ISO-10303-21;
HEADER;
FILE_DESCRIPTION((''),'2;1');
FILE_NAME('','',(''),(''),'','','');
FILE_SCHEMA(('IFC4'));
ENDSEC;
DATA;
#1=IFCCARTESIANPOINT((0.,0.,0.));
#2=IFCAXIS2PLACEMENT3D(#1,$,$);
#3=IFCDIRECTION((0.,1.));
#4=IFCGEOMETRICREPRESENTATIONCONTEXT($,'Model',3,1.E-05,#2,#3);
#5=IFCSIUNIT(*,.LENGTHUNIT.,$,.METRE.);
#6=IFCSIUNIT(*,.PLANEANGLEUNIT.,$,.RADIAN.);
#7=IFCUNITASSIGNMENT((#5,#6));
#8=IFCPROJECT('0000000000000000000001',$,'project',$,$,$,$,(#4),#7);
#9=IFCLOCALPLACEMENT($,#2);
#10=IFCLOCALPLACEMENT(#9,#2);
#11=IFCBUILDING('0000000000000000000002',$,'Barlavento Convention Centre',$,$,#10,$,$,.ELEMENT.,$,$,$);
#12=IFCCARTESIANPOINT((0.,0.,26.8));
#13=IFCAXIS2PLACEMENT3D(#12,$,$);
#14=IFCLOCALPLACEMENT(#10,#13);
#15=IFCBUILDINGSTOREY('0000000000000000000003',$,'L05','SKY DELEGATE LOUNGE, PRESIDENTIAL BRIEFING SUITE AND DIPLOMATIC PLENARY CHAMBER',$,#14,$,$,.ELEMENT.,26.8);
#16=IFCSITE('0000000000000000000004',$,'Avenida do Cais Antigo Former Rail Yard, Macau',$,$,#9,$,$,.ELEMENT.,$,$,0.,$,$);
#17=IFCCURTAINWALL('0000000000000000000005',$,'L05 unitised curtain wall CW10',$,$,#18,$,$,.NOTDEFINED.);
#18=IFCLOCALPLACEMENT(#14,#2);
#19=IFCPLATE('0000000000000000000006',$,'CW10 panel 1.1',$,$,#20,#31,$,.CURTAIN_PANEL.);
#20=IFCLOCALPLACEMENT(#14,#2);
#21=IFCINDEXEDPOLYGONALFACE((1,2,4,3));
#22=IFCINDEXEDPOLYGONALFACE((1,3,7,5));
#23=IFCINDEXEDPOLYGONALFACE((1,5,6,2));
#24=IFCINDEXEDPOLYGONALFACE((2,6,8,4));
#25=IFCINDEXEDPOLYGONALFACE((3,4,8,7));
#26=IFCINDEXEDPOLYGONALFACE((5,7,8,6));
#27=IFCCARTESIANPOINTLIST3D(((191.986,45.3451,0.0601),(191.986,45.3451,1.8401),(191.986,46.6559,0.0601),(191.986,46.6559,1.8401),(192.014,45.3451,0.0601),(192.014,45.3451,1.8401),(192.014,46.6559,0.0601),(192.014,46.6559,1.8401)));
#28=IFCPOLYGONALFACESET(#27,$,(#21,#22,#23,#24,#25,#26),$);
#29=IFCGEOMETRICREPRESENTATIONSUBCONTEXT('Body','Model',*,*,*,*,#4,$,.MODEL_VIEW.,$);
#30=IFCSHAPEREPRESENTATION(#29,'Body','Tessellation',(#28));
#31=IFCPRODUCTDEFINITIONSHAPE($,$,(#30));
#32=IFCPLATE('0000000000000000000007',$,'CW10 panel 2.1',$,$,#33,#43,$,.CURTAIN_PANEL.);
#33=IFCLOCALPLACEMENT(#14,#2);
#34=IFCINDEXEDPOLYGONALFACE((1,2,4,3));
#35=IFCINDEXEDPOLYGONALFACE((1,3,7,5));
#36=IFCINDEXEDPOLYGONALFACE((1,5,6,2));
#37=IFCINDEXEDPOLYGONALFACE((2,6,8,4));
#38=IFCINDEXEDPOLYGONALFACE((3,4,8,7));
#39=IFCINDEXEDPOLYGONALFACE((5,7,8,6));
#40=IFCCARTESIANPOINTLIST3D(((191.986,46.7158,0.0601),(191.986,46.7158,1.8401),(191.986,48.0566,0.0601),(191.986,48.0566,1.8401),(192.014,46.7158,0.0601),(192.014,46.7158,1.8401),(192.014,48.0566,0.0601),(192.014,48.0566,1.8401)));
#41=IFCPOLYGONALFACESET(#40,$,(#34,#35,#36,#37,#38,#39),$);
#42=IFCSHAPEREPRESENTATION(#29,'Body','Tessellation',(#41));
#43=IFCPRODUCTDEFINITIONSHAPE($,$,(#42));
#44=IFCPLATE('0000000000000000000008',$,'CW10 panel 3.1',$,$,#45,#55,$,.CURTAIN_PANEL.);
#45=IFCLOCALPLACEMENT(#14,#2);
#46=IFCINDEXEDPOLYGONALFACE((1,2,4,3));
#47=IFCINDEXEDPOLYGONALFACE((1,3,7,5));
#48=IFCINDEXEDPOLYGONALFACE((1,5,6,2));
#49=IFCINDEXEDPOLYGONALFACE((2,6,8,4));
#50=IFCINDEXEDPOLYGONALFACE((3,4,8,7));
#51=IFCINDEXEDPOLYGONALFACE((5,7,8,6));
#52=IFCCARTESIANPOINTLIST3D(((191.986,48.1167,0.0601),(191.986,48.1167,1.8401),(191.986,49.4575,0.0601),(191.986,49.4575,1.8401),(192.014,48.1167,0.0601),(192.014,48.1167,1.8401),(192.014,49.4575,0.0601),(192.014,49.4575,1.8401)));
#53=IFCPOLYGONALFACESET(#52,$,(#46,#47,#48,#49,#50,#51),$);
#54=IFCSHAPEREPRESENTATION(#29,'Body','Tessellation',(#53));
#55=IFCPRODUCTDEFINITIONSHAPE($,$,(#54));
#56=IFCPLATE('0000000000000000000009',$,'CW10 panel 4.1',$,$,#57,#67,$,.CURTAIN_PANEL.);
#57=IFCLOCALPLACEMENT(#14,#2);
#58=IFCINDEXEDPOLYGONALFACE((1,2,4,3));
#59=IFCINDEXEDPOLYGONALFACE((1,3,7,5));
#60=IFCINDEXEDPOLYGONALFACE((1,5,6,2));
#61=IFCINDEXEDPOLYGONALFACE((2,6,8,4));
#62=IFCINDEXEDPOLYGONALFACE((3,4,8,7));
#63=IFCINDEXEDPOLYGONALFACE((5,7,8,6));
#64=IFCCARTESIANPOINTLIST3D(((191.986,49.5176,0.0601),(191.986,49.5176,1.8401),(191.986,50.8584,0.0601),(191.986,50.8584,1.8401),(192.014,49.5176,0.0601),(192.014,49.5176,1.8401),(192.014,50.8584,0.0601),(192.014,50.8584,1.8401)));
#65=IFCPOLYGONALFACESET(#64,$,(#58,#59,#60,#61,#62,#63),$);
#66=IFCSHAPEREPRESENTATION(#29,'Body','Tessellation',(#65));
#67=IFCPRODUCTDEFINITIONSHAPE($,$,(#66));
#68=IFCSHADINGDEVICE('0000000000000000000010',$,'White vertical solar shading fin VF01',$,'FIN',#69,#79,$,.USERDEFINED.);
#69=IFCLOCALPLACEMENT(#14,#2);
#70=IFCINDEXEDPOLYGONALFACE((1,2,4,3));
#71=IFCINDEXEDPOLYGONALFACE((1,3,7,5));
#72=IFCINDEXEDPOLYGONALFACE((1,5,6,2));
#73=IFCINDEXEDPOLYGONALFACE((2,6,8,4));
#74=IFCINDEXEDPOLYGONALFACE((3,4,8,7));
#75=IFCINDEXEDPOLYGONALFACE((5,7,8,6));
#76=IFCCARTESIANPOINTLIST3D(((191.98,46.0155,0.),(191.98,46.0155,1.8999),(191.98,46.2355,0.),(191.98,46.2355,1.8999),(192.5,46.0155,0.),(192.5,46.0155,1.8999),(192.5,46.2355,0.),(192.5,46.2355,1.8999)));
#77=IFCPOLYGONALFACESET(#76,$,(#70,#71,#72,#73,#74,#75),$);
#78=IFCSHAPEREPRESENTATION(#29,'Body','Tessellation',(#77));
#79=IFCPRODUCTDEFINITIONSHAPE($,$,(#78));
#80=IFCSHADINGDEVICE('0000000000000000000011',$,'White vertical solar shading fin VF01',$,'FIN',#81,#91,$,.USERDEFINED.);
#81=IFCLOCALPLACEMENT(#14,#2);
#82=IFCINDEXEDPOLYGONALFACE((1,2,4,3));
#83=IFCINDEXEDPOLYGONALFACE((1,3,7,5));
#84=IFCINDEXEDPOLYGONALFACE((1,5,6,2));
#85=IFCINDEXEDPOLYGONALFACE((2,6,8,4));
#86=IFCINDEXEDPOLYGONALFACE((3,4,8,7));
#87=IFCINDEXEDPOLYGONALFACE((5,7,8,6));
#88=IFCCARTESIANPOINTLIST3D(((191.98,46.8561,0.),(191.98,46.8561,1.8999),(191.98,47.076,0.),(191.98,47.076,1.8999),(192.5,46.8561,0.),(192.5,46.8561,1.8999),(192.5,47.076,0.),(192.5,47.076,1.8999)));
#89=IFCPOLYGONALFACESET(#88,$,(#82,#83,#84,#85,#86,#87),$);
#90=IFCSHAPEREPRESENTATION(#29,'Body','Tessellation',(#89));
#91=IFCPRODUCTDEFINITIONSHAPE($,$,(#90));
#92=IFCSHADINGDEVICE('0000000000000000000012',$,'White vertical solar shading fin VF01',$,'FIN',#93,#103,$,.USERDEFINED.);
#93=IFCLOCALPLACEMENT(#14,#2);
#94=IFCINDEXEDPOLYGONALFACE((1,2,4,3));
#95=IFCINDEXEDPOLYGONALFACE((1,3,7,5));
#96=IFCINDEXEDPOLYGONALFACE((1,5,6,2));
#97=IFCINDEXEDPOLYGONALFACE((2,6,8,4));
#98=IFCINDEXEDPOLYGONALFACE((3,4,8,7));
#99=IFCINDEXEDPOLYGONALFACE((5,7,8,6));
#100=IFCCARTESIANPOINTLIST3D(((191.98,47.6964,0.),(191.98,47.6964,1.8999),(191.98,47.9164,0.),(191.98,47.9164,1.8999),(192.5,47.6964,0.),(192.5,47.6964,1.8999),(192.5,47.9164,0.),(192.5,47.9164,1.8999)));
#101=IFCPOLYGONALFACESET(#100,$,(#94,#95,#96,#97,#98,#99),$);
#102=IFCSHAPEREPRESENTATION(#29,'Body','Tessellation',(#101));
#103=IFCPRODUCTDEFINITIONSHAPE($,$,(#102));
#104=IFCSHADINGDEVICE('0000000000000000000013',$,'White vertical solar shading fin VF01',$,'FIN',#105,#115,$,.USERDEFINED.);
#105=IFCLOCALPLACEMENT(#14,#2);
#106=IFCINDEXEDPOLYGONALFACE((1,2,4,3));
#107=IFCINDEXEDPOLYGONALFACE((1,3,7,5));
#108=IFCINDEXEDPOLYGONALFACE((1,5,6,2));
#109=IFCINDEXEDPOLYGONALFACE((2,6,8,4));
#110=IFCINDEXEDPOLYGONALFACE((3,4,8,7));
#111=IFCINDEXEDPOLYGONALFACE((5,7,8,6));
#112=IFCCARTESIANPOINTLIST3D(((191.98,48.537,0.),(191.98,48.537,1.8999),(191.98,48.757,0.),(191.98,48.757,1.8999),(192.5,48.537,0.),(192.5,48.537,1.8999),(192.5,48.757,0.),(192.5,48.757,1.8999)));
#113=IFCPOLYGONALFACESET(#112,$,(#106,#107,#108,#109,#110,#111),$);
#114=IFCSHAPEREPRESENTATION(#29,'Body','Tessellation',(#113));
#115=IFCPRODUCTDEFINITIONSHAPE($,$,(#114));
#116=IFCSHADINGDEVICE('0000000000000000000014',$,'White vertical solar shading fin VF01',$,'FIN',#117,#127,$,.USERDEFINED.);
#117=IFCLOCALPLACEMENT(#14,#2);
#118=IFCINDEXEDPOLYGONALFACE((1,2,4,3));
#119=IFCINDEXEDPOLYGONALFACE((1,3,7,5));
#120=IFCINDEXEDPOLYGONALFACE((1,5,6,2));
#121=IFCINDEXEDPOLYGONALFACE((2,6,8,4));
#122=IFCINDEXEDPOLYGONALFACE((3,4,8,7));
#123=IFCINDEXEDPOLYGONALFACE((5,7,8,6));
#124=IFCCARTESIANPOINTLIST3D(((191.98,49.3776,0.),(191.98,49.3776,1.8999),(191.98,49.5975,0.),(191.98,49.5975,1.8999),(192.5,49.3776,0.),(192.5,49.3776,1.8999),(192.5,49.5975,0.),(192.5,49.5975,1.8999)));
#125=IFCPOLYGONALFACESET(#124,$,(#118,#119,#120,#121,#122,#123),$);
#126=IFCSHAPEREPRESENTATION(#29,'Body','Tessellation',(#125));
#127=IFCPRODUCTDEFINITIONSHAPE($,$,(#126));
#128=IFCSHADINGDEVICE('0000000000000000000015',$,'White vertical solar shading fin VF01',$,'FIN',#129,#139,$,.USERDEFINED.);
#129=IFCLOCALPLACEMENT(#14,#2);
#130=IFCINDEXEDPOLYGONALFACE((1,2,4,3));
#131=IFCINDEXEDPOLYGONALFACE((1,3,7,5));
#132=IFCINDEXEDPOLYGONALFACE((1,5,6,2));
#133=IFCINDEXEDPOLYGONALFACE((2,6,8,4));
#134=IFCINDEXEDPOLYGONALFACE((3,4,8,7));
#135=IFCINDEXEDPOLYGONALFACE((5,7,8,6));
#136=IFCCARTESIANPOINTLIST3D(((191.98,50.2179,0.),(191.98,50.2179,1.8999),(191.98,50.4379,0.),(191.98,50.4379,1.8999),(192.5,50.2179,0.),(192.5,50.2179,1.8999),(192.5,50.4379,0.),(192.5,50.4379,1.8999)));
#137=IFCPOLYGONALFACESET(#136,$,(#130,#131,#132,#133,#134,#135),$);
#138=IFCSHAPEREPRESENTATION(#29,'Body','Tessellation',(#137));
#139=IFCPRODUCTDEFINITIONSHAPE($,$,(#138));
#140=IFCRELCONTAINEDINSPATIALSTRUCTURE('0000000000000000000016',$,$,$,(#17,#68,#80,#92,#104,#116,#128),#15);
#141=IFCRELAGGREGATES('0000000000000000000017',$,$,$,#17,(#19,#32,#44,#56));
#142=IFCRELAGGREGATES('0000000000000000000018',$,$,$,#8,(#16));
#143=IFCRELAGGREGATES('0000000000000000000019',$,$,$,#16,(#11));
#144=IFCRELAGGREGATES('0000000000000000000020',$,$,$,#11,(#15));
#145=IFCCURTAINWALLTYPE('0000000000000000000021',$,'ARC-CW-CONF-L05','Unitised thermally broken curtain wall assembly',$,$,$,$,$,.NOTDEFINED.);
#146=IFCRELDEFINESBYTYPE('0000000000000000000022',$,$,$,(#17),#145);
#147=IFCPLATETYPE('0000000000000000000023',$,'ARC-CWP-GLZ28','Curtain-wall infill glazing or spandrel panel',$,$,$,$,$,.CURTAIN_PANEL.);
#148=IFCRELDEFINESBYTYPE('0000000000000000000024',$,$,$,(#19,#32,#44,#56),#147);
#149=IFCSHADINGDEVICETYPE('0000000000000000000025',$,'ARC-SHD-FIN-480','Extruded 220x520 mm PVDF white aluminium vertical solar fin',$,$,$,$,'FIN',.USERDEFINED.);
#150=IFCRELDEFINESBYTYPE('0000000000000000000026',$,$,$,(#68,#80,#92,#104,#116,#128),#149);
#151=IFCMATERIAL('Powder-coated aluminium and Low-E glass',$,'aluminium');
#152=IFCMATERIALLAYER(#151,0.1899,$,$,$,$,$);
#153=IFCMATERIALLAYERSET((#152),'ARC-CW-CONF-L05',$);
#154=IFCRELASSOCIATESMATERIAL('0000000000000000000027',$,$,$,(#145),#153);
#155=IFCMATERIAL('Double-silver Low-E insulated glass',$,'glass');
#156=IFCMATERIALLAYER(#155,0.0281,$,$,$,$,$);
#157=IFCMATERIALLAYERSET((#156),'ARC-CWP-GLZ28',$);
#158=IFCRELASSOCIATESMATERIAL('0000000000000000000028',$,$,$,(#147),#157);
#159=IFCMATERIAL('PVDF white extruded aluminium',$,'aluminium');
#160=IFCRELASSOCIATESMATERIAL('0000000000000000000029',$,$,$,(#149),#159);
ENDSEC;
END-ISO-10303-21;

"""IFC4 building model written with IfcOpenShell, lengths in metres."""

from ifc_helpers import new_model, si_unit, direction, frame, origin, origin_2d, place, context, subcontext, project, spatial, rectangle, extrude, material, layer, layer_set, type_object, element, aggregate, save


model = new_model("IFC4")

# Units and contexts
model_context = context("Model", 3, precision=1e-05, world=origin(), true_north=direction((0.0, 1.0)))
body_context = subcontext(model_context, "Body", "Model", "MODEL_VIEW")
ifc_project = project(units=[si_unit("LENGTHUNIT", "METRE"), si_unit("PLANEANGLEUNIT", "RADIAN")], contexts=[model_context])

# Site, building, storey
site_placement = place(None, origin())
site = spatial("IfcSite", under=ifc_project, at=site_placement, Name="Avenida do Cais Antigo Former Rail Yard, Macau", CompositionType="ELEMENT", RefElevation=0.0)
building_placement = place(site_placement, origin())
building = spatial("IfcBuilding", under=site, at=building_placement, Name="Barlavento Convention Centre", CompositionType="ELEMENT")
storey_placement = place(building_placement, frame((0.0, 0.0, 26.8)))
storey = spatial("IfcBuildingStorey", under=building, at=storey_placement, Name="L05", Description="SKY DELEGATE LOUNGE, PRESIDENTIAL BRIEFING SUITE AND DIPLOMATIC PLENARY CHAMBER", CompositionType="ELEMENT", Elevation=26.8)

# Curtain wall, plates
ifc_material_1 = material(Name="Powder-coated aluminium and Low-E glass", Category="aluminium")
ifc_layer_1 = layer(ifc_material_1, 0.1899)
ifc_layer_set_1 = layer_set([ifc_layer_1], Name="ARC-CW-CONF-L05")
curtain_wall_type = type_object("IfcCurtainWallType", Name="ARC-CW-CONF-L05", Description="Unitised thermally broken curtain wall assembly", PredefinedType="NOTDEFINED", material=ifc_layer_set_1)
curtain_wall_placement = place(storey_placement, origin())
curtain_wall = element("IfcCurtainWall", 1, at=curtain_wall_placement, inside=storey, type_object=curtain_wall_type, Name="L05 unitised curtain wall CW10", PredefinedType="NOTDEFINED")
ifc_material_2 = material(Name="Double-silver Low-E insulated glass", Category="glass")
ifc_layer_2 = layer(ifc_material_2, 0.0281)
ifc_layer_set_2 = layer_set([ifc_layer_2], Name="ARC-CWP-GLZ28")
plate_type = type_object("IfcPlateType", Name="ARC-CWP-GLZ28", Description="Curtain-wall infill glazing or spandrel panel", PredefinedType="CURTAIN_PANEL", material=ifc_layer_set_2)
plate_1_placement = place(storey_placement, frame((192.0, 46.0005, 0.0601), z_axis=(0.0, 0.0, 1.0), x_axis=(0.0, 1.0, 0.0)))
plate_1 = element("IfcPlate", 2, at=plate_1_placement, type_object=plate_type, Name="CW10 panel 1.1", PredefinedType="CURTAIN_PANEL", context=body_context, shape_type="SweptSolid", body=[
    extrude(rectangle(XDim=1.3108, YDim=0.0281, at=origin_2d()), origin(), (0.0, 0.0, 1.0), 1.78),
])
plate_2_placement = place(storey_placement, frame((192.0, 47.3862, 0.0601), z_axis=(0.0, 0.0, 1.0), x_axis=(0.0, 1.0, 0.0)))
plate_2 = element("IfcPlate", 3, at=plate_2_placement, type_object=plate_type, Name="CW10 panel 2.1", PredefinedType="CURTAIN_PANEL", context=body_context, shape_type="SweptSolid", body=[
    extrude(rectangle(XDim=1.3408, YDim=0.0281, at=origin_2d()), origin(), (0.0, 0.0, 1.0), 1.78),
])
plate_3_placement = place(storey_placement, frame((192.0, 48.7871, 0.0601), z_axis=(0.0, 0.0, 1.0), x_axis=(0.0, 1.0, 0.0)))
plate_3 = element("IfcPlate", 4, at=plate_3_placement, type_object=plate_type, Name="CW10 panel 3.1", PredefinedType="CURTAIN_PANEL", context=body_context, shape_type="SweptSolid", body=[
    extrude(rectangle(XDim=1.3408, YDim=0.0281, at=origin_2d()), origin(), (0.0, 0.0, 1.0), 1.78),
])
plate_4_placement = place(storey_placement, frame((192.0, 50.188, 0.0601), z_axis=(0.0, 0.0, 1.0), x_axis=(0.0, 1.0, 0.0)))
plate_4 = element("IfcPlate", 5, at=plate_4_placement, type_object=plate_type, Name="CW10 panel 4.1", PredefinedType="CURTAIN_PANEL", context=body_context, shape_type="SweptSolid", body=[
    extrude(rectangle(XDim=1.3408, YDim=0.0281, at=origin_2d()), origin(), (0.0, 0.0, 1.0), 1.78),
])
aggregate(curtain_wall, [plate_1, plate_2, plate_3, plate_4])

# Shading devices
ifc_material_3 = material(Name="PVDF white extruded aluminium", Category="aluminium")
shading_device_type = type_object("IfcShadingDeviceType", Name="ARC-SHD-FIN-480", Description="Extruded 220x520 mm PVDF white aluminium vertical solar fin", ElementType="FIN", PredefinedType="USERDEFINED", material=ifc_material_3)
for number, where, z_axis, x_axis, name in (
    (6, (192.24, 46.1255, 0.0), (0.0, 0.0, 1.0), (0.0, 1.0, 0.0), "White vertical solar shading fin VF01"),
    (7, (192.24, 46.9661, 0.0), (0.0, 0.0, 1.0), (0.0, 1.0, 0.0), "White vertical solar shading fin VF01"),
    (8, (192.24, 47.8064, 0.0), (0.0, 0.0, 1.0), (0.0, 1.0, 0.0), "White vertical solar shading fin VF01"),
    (9, (192.24, 48.647, 0.0), (0.0, 0.0, 1.0), (0.0, 1.0, 0.0), "White vertical solar shading fin VF01"),
    (10, (192.24, 49.4875, 0.0), (0.0, 0.0, 1.0), (0.0, 1.0, 0.0), "White vertical solar shading fin VF01"),
    (11, (192.24, 50.3279, 0.0), (0.0, 0.0, 1.0), (0.0, 1.0, 0.0), "White vertical solar shading fin VF01"),
):
    element("IfcShadingDevice", number, at=place(storey_placement, frame(where, z_axis=z_axis, x_axis=x_axis)), inside=storey, type_object=shading_device_type, Name=name, ObjectType="FIN", PredefinedType="USERDEFINED", context=body_context, shape_type="SweptSolid", body=[
        extrude(rectangle(XDim=0.22, YDim=0.52, at=origin_2d()), origin(), (0.0, 0.0, 1.0), 1.8999),
    ])

save(model, "model.ifc")
